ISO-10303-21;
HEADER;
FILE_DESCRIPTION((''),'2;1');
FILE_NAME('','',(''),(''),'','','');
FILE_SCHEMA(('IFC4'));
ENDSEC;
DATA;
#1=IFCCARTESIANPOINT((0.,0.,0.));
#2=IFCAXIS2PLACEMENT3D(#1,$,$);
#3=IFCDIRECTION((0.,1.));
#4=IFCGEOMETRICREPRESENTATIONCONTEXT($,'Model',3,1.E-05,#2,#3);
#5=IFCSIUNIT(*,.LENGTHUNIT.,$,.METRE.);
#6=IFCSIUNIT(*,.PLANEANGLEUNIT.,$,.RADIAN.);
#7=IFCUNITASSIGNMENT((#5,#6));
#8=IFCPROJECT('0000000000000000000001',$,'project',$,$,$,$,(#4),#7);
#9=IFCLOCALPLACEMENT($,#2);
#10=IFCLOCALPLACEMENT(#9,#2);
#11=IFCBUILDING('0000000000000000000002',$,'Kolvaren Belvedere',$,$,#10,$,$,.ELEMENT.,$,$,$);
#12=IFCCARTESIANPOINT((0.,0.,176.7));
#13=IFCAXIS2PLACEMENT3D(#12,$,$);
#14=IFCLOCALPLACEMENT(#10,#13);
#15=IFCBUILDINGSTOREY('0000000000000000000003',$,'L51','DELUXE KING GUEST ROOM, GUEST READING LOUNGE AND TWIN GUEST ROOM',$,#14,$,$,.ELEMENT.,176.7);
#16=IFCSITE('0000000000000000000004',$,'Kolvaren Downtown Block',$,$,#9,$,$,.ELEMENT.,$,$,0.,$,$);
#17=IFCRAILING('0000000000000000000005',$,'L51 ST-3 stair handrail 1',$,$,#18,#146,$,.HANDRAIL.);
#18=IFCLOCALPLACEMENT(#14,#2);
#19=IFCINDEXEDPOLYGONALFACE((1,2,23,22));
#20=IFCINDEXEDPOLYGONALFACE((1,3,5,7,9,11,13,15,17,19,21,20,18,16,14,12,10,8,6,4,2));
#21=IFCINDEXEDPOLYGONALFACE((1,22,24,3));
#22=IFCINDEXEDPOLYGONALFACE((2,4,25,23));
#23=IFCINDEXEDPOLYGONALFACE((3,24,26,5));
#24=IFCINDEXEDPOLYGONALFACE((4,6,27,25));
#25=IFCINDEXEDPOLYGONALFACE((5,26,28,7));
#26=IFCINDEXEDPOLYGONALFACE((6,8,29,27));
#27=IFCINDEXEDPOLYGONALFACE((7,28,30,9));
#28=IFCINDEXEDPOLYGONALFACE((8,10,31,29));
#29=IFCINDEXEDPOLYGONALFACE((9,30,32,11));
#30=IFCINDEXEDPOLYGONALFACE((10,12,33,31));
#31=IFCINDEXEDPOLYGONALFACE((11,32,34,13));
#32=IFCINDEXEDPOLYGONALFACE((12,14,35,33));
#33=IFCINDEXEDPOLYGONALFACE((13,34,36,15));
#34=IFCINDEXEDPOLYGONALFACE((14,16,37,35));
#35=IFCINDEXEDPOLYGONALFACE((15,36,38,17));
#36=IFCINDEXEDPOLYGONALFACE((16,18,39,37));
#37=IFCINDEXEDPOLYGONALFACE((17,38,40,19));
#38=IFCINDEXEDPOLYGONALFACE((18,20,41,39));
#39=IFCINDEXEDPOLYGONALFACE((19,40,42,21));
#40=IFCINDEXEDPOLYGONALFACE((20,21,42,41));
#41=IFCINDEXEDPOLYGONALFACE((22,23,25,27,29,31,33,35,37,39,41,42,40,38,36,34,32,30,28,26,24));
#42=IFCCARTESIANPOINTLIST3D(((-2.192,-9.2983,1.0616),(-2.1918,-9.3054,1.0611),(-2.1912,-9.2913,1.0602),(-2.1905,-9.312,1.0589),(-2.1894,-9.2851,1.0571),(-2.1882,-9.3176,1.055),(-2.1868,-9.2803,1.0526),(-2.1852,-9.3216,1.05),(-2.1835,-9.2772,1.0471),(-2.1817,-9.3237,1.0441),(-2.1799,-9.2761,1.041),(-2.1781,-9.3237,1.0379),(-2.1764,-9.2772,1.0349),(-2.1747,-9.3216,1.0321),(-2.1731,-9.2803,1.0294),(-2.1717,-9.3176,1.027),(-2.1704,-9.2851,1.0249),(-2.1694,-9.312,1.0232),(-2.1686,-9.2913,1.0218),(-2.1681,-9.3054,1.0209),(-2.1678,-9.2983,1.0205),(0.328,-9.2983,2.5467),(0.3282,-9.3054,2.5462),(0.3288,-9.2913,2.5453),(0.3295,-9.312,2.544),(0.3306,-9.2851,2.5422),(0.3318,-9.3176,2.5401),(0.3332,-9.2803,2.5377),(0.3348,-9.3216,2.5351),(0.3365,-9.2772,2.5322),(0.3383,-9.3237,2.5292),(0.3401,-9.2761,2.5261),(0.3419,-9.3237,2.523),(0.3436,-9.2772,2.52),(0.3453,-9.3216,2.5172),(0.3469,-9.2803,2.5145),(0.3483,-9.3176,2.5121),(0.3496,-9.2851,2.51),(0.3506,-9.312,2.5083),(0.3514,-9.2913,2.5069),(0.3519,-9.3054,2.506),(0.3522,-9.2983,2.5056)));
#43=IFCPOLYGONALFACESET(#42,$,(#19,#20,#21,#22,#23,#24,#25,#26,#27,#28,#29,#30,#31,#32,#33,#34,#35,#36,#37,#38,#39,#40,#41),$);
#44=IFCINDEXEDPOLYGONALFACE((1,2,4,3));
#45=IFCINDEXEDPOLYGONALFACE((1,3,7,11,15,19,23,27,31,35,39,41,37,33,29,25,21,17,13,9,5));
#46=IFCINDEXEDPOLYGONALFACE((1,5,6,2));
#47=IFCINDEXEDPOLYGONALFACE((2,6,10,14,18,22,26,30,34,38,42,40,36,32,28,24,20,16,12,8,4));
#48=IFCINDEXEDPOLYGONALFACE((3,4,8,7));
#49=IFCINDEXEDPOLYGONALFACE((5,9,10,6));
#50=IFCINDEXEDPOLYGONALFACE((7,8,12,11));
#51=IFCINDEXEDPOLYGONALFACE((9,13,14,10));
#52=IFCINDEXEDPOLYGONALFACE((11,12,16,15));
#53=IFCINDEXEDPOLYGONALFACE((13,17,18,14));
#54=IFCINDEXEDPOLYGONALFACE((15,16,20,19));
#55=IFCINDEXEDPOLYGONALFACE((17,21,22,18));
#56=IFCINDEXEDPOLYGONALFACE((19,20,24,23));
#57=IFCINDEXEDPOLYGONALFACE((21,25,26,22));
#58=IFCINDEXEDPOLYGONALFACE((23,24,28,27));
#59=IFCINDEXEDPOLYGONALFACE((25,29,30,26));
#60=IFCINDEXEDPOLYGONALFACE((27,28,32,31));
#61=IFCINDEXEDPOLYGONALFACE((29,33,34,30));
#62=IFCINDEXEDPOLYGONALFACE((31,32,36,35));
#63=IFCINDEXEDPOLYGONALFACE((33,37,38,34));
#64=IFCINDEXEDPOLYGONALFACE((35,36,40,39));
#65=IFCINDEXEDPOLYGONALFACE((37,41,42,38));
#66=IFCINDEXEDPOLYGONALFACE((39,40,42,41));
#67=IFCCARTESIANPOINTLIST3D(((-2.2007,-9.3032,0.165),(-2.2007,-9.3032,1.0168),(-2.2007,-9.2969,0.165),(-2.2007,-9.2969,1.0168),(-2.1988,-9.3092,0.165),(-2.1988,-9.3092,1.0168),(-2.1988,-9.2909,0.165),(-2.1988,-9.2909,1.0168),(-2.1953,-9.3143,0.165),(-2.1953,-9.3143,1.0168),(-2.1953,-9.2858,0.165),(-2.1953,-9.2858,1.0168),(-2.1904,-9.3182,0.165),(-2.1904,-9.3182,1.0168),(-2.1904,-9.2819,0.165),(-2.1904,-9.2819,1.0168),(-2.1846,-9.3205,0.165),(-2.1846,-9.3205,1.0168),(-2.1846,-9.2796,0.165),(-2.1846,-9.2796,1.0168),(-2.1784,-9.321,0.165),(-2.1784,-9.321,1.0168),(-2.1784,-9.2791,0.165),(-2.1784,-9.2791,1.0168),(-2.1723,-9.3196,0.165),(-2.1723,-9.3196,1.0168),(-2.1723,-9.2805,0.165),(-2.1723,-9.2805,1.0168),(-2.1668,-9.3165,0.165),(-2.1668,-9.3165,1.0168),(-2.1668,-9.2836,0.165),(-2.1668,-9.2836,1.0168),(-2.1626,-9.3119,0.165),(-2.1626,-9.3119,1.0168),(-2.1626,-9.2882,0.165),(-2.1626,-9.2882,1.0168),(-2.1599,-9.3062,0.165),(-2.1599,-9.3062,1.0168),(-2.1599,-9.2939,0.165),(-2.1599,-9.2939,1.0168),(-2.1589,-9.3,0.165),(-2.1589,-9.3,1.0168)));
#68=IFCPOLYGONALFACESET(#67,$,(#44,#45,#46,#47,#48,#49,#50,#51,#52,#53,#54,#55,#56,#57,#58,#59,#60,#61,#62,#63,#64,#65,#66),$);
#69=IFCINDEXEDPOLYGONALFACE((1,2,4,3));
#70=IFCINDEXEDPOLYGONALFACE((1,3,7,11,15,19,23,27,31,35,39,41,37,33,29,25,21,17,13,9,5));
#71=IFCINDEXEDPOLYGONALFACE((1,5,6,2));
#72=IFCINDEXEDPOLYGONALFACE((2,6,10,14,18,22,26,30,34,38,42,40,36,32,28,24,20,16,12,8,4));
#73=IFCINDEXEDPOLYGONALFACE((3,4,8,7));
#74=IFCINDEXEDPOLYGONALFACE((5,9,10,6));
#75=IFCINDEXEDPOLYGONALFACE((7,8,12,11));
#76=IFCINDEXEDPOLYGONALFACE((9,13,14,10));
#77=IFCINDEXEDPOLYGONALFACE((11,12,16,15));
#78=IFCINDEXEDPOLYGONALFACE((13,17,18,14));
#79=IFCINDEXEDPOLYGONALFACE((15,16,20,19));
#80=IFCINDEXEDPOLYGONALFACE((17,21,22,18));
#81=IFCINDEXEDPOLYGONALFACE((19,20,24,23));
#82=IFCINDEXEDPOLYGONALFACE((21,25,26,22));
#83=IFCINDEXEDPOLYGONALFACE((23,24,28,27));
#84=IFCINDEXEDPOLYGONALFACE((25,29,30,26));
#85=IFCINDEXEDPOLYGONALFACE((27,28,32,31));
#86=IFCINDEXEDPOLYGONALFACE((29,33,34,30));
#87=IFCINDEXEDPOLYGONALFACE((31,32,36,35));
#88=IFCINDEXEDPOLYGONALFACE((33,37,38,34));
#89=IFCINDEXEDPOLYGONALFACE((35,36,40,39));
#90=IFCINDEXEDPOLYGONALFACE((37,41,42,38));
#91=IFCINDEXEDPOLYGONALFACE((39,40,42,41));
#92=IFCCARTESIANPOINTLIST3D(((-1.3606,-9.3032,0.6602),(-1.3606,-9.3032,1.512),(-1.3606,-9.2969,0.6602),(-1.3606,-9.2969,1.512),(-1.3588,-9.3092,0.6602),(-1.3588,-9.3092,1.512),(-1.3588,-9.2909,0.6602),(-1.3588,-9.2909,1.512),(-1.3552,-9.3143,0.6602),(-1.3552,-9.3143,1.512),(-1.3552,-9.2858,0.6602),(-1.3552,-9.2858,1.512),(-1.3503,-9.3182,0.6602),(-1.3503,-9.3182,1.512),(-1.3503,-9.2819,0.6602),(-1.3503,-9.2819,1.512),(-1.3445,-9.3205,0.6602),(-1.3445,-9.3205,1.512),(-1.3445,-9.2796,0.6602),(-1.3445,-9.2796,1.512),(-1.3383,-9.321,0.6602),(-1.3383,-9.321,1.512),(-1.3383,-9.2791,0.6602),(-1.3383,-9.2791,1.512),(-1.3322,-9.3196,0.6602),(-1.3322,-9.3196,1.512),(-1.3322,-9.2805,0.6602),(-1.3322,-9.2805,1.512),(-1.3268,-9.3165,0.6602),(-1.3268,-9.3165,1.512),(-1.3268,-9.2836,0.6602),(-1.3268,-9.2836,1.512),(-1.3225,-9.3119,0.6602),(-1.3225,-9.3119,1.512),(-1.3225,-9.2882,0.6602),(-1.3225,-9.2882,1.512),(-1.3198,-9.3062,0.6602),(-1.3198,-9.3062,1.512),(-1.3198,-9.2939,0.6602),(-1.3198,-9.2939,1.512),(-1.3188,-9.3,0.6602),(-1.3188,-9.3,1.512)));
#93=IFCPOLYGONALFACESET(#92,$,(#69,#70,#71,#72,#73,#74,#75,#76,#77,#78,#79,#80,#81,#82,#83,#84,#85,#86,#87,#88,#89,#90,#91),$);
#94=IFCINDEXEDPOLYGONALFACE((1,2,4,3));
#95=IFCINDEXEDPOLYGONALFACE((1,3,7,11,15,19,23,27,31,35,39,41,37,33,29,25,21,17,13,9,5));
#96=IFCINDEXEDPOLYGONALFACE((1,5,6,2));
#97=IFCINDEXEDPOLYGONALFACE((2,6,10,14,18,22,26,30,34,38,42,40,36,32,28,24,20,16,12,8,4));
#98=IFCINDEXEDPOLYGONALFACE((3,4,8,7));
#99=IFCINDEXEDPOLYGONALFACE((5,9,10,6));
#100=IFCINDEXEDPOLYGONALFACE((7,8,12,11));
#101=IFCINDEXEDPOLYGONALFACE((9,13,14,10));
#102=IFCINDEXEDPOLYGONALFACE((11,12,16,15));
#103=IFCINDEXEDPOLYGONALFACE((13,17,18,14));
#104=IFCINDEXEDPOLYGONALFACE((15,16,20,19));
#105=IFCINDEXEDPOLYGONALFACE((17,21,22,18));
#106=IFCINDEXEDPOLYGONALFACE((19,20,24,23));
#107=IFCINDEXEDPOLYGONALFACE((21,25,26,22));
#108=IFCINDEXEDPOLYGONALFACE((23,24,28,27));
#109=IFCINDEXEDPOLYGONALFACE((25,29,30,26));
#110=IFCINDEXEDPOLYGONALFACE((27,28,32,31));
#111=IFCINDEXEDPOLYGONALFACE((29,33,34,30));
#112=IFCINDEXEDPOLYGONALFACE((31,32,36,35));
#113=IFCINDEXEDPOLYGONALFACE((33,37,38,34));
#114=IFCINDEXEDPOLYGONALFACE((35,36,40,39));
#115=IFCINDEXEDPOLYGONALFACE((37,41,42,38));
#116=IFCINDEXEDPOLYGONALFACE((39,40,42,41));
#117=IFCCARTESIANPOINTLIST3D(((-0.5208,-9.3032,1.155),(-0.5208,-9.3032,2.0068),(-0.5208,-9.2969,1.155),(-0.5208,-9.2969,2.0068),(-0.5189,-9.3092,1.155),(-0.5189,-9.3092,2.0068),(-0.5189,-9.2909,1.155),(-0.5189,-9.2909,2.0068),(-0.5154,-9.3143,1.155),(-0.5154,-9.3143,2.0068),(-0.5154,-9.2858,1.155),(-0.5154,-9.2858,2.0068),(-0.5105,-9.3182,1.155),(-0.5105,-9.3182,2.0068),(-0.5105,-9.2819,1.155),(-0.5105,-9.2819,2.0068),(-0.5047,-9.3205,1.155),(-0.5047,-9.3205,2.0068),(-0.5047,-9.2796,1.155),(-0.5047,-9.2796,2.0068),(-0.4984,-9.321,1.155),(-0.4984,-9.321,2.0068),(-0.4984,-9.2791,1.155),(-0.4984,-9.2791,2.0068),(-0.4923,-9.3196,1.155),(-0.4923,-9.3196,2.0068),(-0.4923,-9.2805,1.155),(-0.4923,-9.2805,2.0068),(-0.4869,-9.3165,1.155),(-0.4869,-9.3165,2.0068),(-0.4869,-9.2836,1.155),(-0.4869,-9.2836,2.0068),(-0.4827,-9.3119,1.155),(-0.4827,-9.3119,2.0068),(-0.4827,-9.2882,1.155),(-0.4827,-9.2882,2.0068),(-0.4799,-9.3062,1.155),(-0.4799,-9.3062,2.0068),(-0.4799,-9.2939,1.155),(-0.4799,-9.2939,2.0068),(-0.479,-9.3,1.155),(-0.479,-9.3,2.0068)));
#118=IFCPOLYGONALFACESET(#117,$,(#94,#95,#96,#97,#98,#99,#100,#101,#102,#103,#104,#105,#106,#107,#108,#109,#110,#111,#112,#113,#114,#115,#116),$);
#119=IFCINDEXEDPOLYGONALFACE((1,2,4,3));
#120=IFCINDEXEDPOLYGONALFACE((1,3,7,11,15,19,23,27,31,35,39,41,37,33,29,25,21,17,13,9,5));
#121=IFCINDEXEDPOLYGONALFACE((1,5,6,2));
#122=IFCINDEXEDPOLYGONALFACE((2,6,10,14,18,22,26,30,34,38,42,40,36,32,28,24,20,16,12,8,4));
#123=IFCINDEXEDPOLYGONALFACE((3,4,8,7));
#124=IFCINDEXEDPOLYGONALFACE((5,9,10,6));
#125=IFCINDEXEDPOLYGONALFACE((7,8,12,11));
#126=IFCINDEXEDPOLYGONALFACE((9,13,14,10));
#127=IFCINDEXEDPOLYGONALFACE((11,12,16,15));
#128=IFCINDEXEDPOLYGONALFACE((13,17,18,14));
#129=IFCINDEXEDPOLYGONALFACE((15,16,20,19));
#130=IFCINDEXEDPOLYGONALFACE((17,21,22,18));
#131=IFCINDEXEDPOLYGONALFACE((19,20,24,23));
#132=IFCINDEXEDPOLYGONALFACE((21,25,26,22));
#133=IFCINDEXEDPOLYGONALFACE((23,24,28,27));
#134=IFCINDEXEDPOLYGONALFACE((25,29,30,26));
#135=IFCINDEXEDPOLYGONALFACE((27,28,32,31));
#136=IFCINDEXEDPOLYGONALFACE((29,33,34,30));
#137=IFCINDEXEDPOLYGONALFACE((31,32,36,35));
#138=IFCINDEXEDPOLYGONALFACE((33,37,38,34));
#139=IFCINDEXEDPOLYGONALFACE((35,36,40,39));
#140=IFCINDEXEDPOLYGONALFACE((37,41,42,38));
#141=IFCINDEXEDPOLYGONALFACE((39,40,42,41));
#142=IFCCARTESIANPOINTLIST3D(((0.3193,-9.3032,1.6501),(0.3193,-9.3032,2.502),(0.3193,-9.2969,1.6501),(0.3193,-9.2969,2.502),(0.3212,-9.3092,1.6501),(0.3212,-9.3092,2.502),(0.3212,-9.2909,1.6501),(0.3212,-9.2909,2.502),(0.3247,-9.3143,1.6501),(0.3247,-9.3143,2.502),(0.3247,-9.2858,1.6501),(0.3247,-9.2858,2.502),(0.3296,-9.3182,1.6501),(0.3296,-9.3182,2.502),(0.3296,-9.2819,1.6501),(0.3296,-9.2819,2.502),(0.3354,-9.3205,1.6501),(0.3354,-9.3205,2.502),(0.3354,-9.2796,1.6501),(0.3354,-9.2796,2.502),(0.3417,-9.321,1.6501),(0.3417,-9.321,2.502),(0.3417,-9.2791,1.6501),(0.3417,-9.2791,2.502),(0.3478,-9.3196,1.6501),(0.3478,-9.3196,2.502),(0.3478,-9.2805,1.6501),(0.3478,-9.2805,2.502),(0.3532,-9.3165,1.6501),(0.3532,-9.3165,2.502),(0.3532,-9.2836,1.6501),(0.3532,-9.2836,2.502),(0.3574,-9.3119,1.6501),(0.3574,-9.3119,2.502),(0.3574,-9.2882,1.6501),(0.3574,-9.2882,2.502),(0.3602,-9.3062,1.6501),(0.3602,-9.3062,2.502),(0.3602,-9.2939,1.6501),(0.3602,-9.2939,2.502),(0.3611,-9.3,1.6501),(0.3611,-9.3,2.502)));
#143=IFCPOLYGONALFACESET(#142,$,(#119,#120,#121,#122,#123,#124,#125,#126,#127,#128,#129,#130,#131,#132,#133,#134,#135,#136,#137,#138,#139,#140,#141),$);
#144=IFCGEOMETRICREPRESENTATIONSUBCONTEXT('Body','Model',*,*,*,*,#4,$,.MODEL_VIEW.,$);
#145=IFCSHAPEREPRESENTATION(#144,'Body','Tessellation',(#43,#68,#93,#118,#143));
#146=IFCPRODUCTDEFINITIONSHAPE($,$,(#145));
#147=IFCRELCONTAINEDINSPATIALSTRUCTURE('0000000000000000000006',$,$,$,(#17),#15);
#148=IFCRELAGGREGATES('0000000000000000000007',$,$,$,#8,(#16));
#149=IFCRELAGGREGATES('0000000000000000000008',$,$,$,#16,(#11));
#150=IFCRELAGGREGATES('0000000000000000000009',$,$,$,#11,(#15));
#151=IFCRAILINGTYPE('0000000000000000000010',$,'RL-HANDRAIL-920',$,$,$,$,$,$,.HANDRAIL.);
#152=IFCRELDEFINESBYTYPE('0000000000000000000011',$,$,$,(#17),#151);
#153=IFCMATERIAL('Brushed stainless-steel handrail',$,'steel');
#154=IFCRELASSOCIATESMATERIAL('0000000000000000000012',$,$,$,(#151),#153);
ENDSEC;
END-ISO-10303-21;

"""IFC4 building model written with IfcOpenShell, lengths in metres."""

from ifc_helpers import new_model, si_unit, direction, frame, origin, origin_2d, place, context, subcontext, project, spatial, circle, extrude, material, type_object, element, save


model = new_model("IFC4")

# Units and contexts
model_context = context("Model", 3, precision=1e-05, world=origin(), true_north=direction((0.0, 1.0)))
body_context = subcontext(model_context, "Body", "Model", "MODEL_VIEW")
ifc_project = project(units=[si_unit("LENGTHUNIT", "METRE"), si_unit("PLANEANGLEUNIT", "RADIAN")], contexts=[model_context])

# Site, building, storey
site_placement = place(None, origin())
site = spatial("IfcSite", under=ifc_project, at=site_placement, Name="Kolvaren Downtown Block", CompositionType="ELEMENT", RefElevation=0.0)
building_placement = place(site_placement, origin())
building = spatial("IfcBuilding", under=site, at=building_placement, Name="Kolvaren Belvedere", CompositionType="ELEMENT")
storey_placement = place(building_placement, frame((0.0, 0.0, 176.7)))
storey = spatial("IfcBuildingStorey", under=building, at=storey_placement, Name="L51", Description="DELUXE KING GUEST ROOM, GUEST READING LOUNGE AND TWIN GUEST ROOM", CompositionType="ELEMENT", Elevation=176.7)

# Railing
ifc_material_1 = material(Name="Brushed stainless-steel handrail", Category="steel")
railing_type_1 = type_object("IfcRailingType", Name="RL-HANDRAIL-920", PredefinedType="HANDRAIL", material=ifc_material_1)
railing_1_placement = place(storey_placement, frame((-2.1799, -9.3, 0.165)))
element("IfcRailing", 1, at=railing_1_placement, inside=storey, type_object=railing_type_1, Name="L51 ST-3 stair handrail 1", PredefinedType="HANDRAIL", context=body_context, shape_type="SweptSolid", body=[
    extrude(circle(Radius=0.0239, at=origin_2d()), frame((0.0, 0.0, 0.876), z_axis=(0.861524, 0.0, 0.507717), x_axis=(0.0, 1.0, 0.0)), (0.0, 0.0, 1.0), 2.925),
    extrude(circle(Radius=0.021, at=origin_2d()), origin(), (0.0, 0.0, 1.0), 0.8518),
    extrude(circle(Radius=0.021, at=origin_2d()), frame((0.8401, 0.0, 0.4951)), (0.0, 0.0, 1.0), 0.8518),
    extrude(circle(Radius=0.021, at=origin_2d()), frame((1.6799, 0.0, 0.99)), (0.0, 0.0, 1.0), 0.8518),
    extrude(circle(Radius=0.021, at=origin_2d()), frame((2.52, 0.0, 1.4851)), (0.0, 0.0, 1.0), 0.8518),
])

save(model, "model.ifc")
